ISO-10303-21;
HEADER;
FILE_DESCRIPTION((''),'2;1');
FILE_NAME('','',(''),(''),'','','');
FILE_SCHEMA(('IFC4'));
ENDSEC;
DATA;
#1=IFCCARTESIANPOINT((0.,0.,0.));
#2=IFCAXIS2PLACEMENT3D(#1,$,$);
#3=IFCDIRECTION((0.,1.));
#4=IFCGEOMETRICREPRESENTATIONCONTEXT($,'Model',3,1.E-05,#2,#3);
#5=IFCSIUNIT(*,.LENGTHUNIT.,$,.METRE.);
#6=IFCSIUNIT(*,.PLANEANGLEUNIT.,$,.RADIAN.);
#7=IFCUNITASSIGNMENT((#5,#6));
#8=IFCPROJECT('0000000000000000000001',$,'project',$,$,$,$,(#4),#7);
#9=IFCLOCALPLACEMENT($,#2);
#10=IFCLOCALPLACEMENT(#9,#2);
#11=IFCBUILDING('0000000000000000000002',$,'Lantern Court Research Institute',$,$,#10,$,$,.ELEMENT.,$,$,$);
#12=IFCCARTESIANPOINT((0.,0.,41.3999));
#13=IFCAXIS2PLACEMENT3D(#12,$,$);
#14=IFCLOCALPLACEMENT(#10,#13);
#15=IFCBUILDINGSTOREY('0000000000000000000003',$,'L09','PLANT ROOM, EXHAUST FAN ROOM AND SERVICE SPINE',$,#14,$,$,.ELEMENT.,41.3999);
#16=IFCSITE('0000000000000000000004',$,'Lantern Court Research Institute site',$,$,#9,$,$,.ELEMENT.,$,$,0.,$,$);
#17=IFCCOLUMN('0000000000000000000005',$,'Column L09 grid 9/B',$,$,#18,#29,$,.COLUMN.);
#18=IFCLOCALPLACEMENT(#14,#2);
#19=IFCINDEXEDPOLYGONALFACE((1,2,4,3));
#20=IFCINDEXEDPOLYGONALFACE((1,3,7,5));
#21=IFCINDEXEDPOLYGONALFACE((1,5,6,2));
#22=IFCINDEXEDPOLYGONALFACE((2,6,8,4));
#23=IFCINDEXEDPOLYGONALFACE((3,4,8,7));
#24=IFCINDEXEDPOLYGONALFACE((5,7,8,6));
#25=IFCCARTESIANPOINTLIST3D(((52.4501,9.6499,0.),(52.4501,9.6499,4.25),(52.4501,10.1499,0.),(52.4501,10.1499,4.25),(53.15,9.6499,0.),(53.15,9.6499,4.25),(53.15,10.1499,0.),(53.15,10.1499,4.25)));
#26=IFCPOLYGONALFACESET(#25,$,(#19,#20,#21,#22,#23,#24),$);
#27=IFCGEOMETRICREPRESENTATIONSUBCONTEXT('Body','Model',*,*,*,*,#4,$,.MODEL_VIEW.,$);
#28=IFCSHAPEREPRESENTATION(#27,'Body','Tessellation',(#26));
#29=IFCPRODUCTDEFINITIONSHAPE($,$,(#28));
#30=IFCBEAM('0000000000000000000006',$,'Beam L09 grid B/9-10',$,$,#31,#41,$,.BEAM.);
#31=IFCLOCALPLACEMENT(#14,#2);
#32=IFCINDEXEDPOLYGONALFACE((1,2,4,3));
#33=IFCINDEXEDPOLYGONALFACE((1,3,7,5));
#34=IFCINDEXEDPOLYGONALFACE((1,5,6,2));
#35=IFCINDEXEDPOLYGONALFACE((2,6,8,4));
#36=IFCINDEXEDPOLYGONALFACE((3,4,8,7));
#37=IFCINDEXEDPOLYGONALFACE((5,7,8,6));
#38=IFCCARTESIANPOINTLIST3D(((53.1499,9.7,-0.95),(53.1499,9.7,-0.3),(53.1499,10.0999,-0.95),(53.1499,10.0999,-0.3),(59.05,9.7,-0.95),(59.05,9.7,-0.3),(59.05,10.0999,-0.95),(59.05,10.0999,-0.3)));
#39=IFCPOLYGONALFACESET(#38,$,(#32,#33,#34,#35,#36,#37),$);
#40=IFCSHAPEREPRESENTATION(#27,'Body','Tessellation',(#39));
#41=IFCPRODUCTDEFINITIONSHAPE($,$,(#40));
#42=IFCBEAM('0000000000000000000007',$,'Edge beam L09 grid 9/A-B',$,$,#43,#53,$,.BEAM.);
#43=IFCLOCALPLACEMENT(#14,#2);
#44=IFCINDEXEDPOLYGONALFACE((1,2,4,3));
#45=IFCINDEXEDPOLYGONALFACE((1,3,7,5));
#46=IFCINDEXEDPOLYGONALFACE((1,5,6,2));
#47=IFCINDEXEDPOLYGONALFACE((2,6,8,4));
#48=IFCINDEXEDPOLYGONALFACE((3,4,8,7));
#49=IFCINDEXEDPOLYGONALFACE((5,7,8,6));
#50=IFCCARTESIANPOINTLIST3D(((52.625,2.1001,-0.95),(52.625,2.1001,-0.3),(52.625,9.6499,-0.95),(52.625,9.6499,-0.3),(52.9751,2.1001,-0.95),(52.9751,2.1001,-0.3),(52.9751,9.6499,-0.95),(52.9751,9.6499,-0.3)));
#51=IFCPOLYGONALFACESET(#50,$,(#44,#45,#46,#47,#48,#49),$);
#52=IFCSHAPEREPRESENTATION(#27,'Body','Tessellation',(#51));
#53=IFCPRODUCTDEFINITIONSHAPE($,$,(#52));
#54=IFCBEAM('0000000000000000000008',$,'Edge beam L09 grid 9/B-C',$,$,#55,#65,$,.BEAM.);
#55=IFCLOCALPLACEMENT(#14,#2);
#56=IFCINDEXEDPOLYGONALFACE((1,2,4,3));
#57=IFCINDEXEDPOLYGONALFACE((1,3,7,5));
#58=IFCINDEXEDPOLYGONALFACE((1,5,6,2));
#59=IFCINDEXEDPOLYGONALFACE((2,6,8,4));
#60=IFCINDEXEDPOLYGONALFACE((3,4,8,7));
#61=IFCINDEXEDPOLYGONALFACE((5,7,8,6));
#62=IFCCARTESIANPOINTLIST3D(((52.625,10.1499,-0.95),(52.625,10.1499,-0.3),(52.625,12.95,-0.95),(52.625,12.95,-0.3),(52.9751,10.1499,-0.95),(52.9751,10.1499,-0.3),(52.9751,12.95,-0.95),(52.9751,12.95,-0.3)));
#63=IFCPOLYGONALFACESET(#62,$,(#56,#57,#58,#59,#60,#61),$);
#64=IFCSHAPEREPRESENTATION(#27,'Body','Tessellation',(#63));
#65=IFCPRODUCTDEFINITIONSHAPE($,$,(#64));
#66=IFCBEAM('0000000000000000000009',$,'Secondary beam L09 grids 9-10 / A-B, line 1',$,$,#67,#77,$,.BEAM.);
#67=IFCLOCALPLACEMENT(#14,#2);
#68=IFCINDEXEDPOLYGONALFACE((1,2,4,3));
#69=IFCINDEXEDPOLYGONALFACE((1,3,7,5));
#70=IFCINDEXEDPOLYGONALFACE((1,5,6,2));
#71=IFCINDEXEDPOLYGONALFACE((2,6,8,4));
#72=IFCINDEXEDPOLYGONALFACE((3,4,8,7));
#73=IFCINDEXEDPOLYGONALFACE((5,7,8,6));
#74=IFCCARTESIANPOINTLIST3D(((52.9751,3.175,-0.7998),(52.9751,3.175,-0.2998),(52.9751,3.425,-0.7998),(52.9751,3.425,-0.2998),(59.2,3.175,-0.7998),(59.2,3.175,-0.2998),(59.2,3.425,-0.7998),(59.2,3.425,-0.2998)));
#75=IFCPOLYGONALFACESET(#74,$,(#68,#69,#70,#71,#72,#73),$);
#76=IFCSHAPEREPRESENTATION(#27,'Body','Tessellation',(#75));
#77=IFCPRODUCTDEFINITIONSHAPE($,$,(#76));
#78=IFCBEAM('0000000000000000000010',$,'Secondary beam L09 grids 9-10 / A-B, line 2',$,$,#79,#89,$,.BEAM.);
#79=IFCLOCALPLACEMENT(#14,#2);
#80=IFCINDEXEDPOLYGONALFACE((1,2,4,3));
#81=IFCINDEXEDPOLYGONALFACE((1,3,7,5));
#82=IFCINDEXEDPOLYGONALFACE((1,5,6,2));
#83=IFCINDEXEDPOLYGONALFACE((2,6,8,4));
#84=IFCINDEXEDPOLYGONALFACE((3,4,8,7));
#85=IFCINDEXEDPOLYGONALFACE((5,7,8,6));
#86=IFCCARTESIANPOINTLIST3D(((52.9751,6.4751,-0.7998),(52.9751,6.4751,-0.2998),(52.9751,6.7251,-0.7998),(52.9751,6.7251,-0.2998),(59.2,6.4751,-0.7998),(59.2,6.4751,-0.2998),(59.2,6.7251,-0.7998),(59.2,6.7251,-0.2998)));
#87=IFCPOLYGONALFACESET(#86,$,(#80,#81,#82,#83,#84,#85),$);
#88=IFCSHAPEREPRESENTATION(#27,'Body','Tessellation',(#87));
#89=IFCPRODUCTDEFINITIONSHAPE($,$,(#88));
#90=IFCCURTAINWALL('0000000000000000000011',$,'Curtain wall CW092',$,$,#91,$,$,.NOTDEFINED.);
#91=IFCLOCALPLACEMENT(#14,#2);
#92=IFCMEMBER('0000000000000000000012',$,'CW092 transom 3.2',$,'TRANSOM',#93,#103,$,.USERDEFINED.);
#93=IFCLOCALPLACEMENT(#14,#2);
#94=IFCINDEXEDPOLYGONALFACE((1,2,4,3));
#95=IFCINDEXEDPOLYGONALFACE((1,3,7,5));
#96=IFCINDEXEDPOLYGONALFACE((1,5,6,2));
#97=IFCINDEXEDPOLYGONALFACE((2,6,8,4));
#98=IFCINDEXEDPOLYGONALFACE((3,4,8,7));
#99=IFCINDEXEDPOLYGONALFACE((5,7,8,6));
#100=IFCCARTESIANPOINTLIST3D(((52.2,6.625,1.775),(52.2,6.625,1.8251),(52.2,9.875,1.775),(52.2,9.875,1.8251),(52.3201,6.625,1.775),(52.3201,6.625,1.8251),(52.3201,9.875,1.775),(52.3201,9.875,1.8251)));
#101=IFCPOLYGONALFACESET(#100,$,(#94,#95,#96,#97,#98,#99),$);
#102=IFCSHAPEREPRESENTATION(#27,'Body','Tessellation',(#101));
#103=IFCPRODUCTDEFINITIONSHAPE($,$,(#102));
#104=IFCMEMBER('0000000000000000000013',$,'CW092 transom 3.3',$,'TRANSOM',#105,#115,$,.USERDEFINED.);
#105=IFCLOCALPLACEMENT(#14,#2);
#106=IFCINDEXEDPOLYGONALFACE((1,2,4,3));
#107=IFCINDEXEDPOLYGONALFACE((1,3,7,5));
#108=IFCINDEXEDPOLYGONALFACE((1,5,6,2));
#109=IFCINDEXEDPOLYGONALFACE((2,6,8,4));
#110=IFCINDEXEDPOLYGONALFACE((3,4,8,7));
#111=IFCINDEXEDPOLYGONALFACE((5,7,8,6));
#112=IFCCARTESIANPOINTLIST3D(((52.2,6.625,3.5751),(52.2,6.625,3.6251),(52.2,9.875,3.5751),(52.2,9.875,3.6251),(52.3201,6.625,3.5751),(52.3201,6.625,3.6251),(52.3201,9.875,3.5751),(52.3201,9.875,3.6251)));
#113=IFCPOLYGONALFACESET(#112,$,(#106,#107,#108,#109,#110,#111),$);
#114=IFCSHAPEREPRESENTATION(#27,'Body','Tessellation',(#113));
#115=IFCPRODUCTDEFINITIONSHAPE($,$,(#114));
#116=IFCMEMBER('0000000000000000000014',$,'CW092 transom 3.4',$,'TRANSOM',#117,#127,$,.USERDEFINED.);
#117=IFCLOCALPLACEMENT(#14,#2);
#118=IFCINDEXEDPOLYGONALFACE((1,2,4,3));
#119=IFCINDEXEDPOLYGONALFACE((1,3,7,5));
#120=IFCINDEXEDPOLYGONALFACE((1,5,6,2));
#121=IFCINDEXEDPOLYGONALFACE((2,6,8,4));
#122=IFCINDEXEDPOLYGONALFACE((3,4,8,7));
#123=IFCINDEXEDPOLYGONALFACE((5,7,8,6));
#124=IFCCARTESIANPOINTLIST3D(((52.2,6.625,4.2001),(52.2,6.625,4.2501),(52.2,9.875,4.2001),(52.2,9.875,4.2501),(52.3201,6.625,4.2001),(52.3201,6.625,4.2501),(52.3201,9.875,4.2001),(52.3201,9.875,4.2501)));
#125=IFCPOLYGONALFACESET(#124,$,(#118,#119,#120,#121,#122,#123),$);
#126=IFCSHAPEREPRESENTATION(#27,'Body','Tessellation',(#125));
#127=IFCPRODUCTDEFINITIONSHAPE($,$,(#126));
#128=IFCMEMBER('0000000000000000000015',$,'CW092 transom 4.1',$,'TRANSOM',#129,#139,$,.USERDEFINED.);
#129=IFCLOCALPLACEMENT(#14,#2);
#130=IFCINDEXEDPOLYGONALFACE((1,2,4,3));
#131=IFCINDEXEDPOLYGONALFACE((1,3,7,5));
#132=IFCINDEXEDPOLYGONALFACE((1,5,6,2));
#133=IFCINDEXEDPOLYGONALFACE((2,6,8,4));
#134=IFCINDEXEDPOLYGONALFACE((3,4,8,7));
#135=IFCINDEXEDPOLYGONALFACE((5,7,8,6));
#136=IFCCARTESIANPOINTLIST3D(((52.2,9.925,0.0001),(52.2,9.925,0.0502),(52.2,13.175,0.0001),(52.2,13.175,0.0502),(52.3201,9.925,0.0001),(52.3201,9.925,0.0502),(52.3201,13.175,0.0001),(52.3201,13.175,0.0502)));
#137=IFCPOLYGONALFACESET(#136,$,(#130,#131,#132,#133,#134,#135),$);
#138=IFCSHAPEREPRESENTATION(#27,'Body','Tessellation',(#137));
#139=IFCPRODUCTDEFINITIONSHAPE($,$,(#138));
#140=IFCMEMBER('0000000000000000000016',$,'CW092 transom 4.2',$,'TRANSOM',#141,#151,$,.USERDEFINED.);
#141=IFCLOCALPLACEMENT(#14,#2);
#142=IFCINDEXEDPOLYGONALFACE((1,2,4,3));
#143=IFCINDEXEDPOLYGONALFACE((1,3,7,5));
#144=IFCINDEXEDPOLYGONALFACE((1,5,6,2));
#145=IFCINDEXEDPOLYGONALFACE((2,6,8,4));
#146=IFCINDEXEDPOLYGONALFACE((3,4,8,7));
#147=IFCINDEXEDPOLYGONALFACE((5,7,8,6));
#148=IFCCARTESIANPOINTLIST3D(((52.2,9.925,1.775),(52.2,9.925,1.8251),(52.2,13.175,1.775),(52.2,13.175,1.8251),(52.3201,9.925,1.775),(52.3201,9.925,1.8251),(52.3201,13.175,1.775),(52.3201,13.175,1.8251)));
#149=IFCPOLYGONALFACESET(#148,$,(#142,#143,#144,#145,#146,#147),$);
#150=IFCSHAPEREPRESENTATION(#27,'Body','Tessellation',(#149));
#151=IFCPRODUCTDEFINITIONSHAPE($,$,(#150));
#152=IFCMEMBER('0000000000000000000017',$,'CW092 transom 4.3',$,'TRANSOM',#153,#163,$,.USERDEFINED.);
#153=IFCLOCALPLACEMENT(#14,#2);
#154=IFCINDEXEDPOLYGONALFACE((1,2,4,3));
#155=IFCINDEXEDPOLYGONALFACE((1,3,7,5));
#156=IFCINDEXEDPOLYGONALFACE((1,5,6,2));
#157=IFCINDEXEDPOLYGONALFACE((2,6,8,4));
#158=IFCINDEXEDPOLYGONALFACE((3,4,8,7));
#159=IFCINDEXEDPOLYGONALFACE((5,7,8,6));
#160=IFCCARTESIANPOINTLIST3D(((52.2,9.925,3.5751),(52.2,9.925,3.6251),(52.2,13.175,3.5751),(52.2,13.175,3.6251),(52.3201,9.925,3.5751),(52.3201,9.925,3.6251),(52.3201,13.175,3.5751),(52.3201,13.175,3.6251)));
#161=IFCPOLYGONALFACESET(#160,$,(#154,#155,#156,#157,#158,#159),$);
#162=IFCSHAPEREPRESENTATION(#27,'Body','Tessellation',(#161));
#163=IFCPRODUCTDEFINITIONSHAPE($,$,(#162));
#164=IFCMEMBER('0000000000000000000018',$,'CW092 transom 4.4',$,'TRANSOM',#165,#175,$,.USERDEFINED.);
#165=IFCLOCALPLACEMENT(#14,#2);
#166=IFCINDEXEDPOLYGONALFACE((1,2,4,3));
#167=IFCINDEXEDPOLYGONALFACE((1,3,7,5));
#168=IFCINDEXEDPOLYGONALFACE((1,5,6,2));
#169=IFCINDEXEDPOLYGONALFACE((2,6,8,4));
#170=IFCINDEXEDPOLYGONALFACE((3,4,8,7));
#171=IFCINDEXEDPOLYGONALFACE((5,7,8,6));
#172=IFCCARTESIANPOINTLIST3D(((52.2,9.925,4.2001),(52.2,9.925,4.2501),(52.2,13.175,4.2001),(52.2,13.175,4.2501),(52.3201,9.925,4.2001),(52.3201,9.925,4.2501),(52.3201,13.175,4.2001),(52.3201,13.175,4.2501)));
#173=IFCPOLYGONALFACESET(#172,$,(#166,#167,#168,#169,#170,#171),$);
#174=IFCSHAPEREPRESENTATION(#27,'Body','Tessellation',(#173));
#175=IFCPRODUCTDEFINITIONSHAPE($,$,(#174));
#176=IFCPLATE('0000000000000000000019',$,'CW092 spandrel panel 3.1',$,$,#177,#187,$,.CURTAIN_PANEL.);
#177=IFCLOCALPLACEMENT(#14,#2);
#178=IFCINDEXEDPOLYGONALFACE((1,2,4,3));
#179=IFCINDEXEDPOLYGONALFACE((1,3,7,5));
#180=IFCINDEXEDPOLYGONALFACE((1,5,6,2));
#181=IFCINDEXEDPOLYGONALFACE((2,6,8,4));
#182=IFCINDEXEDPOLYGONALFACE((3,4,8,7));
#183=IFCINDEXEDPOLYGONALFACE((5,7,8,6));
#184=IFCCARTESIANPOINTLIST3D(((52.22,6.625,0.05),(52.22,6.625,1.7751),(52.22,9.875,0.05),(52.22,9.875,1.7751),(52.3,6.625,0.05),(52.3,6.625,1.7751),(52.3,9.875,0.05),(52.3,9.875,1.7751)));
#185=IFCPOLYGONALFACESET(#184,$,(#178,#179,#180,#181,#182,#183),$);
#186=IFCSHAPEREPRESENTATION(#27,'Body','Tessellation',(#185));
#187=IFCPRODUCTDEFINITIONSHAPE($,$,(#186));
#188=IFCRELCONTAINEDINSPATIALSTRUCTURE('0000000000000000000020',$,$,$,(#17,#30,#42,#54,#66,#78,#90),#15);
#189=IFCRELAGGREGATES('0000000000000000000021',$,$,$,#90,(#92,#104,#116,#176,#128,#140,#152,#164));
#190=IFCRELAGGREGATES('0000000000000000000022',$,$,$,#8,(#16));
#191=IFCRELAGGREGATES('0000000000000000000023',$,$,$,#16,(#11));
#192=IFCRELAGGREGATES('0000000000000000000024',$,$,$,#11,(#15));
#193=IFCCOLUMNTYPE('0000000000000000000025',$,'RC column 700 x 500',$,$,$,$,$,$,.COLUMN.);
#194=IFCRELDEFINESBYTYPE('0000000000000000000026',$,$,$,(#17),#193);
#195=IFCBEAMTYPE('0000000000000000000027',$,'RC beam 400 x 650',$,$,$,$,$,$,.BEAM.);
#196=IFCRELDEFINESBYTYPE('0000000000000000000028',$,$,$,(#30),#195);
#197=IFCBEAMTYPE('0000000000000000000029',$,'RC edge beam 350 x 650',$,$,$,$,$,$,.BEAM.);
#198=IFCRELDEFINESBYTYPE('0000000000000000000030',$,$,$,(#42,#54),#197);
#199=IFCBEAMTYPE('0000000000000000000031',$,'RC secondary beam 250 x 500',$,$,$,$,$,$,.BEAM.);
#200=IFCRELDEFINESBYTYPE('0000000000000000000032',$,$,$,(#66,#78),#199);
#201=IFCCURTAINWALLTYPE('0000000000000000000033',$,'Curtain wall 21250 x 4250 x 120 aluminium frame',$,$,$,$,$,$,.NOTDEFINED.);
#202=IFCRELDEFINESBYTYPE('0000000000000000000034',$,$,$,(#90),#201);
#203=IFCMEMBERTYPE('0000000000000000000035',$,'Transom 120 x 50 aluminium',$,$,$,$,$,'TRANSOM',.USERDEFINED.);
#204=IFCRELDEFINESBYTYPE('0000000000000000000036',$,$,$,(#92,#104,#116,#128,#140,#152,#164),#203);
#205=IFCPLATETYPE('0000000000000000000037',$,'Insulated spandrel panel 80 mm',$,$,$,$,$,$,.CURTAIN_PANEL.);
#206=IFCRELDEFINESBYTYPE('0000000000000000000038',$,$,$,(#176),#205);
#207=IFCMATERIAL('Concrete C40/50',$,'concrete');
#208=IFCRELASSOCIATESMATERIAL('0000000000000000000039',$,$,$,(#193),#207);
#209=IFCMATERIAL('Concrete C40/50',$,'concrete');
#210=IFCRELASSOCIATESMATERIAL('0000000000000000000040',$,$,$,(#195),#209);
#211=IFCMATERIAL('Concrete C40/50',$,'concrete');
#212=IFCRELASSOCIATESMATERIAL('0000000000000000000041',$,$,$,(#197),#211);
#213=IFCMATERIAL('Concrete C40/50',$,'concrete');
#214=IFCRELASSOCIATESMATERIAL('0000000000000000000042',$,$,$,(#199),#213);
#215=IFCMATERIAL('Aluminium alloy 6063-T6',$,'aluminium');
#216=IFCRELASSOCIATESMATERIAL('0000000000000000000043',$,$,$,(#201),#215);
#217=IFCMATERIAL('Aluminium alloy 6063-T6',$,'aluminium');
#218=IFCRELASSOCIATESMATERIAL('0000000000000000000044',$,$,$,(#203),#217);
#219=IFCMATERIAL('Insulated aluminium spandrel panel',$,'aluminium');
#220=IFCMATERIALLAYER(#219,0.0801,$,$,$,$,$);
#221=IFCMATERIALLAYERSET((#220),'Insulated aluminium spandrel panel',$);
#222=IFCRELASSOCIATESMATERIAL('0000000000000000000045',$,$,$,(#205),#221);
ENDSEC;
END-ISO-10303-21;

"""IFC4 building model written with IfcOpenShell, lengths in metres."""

from ifc_helpers import new_model, si_unit, direction, frame, origin, origin_2d, place, context, subcontext, project, spatial, rectangle, extrude, material, layer, layer_set, material_profile, profile_set, type_object, element, aggregate, save


model = new_model("IFC4")

# Units and contexts
model_context = context("Model", 3, precision=1e-05, world=origin(), true_north=direction((0.0, 1.0)))
body_context = subcontext(model_context, "Body", "Model", "MODEL_VIEW")
ifc_project = project(units=[si_unit("LENGTHUNIT", "METRE"), si_unit("PLANEANGLEUNIT", "RADIAN")], contexts=[model_context])

# Site, building, storey
site_placement = place(None, origin())
site = spatial("IfcSite", under=ifc_project, at=site_placement, Name="Lantern Court Research Institute site", CompositionType="ELEMENT", RefElevation=0.0)
building_placement = place(site_placement, origin())
building = spatial("IfcBuilding", under=site, at=building_placement, Name="Lantern Court Research Institute", CompositionType="ELEMENT")
storey_placement = place(building_placement, frame((0.0, 0.0, 41.3999)))
storey = spatial("IfcBuildingStorey", under=building, at=storey_placement, Name="L09", Description="PLANT ROOM, EXHAUST FAN ROOM AND SERVICE SPINE", CompositionType="ELEMENT", Elevation=41.3999)

# Column
ifc_material_1 = material(Name="Concrete C40/50", Category="concrete")
ifc_material_profile_1 = material_profile(ifc_material_1, rectangle(XDim=0.7, YDim=0.5, at=origin_2d()), Name="RC column 700 x 500")
ifc_profile_set_1 = profile_set([ifc_material_profile_1], Name="Concrete C40/50")
column_type = type_object("IfcColumnType", Name="RC column 700 x 500", PredefinedType="COLUMN", material=ifc_profile_set_1)
column_placement = place(storey_placement, frame((52.8, 9.8999, 0.0), z_axis=(0.0, 0.0, 1.0), x_axis=(1.0, 0.0, 0.0)))
element("IfcColumn", 1, at=column_placement, inside=storey, type_object=column_type, Name="Column L09 grid 9/B", PredefinedType="COLUMN", context=body_context, shape_type="SweptSolid", body=[
    extrude(rectangle(XDim=0.7, YDim=0.5, at=origin_2d()), origin(), (0.0, 0.0, 1.0), 4.25),
])

# Beams
ifc_material_2 = material(Name="Concrete C40/50", Category="concrete")
ifc_material_profile_2 = material_profile(ifc_material_2, rectangle(XDim=0.3999, YDim=0.6499, at=origin_2d()), Name="RC beam 400 x 650")
ifc_profile_set_2 = profile_set([ifc_material_profile_2], Name="Concrete C40/50")
beam_type_1 = type_object("IfcBeamType", Name="RC beam 400 x 650", PredefinedType="BEAM", material=ifc_profile_set_2)
beam_1_placement = place(storey_placement, frame((53.1499, 9.8999, -0.625), z_axis=(1.0, 0.0, 0.0), x_axis=(0.0, 1.0, 0.0)))
element("IfcBeam", 2, at=beam_1_placement, inside=storey, type_object=beam_type_1, Name="Beam L09 grid B/9-10", PredefinedType="BEAM", context=body_context, shape_type="SweptSolid", body=[
    extrude(rectangle(XDim=0.3999, YDim=0.6499, at=origin_2d()), origin(), (0.0, 0.0, 1.0), 5.9001),
])
ifc_material_3 = material(Name="Concrete C40/50", Category="concrete")
ifc_material_profile_3 = material_profile(ifc_material_3, rectangle(XDim=0.3501, YDim=0.6499, at=origin_2d()), Name="RC beam 350 x 650")
ifc_profile_set_3 = profile_set([ifc_material_profile_3], Name="Concrete C40/50")
beam_type_2 = type_object("IfcBeamType", Name="RC edge beam 350 x 650", PredefinedType="BEAM", material=ifc_profile_set_3)
beam_2_placement = place(storey_placement, frame((52.8, 2.1001, -0.625), z_axis=(0.0, 1.0, 0.0), x_axis=(-1.0, 0.0, 0.0)))
element("IfcBeam", 3, at=beam_2_placement, inside=storey, type_object=beam_type_2, Name="Edge beam L09 grid 9/A-B", PredefinedType="BEAM", context=body_context, shape_type="SweptSolid", body=[
    extrude(rectangle(XDim=0.3501, YDim=0.6499, at=origin_2d()), origin(), (0.0, 0.0, 1.0), 7.5498),
])
beam_3_placement = place(storey_placement, frame((52.8, 10.1499, -0.625), z_axis=(0.0, 1.0, 0.0), x_axis=(-1.0, 0.0, 0.0)))
element("IfcBeam", 4, at=beam_3_placement, inside=storey, type_object=beam_type_2, Name="Edge beam L09 grid 9/B-C", PredefinedType="BEAM", context=body_context, shape_type="SweptSolid", body=[
    extrude(rectangle(XDim=0.3501, YDim=0.6499, at=origin_2d()), origin(), (0.0, 0.0, 1.0), 2.8),
])
ifc_material_4 = material(Name="Concrete C40/50", Category="concrete")
ifc_material_profile_4 = material_profile(ifc_material_4, rectangle(XDim=0.25, YDim=0.5, at=origin_2d()), Name="RC beam 250 x 500")
ifc_profile_set_4 = profile_set([ifc_material_profile_4], Name="Concrete C40/50")
beam_type_3 = type_object("IfcBeamType", Name="RC secondary beam 250 x 500", PredefinedType="BEAM", material=ifc_profile_set_4)
for number, where, z_axis, x_axis, name in (
    (5, (52.9751, 3.3, -0.5498), (1.0, 0.0, 0.0), (0.0, 1.0, 0.0), "Secondary beam L09 grids 9-10 / A-B, line 1"),
    (6, (52.9751, 6.6001, -0.5498), (1.0, 0.0, 0.0), (0.0, 1.0, 0.0), "Secondary beam L09 grids 9-10 / A-B, line 2"),
):
    element("IfcBeam", number, at=place(storey_placement, frame(where, z_axis=z_axis, x_axis=x_axis)), inside=storey, type_object=beam_type_3, Name=name, PredefinedType="BEAM", context=body_context, shape_type="SweptSolid", body=[
        extrude(rectangle(XDim=0.25, YDim=0.5, at=origin_2d()), origin(), (0.0, 0.0, 1.0), 6.2249),
    ])

# Curtain wall, members, plate
ifc_material_5 = material(Name="Aluminium alloy 6063-T6", Category="aluminium")
curtain_wall_type = type_object("IfcCurtainWallType", Name="Curtain wall 21250 x 4250 x 120 aluminium frame", PredefinedType="NOTDEFINED", material=ifc_material_5)
curtain_wall_placement = place(storey_placement, origin())
curtain_wall = element("IfcCurtainWall", 7, at=curtain_wall_placement, inside=storey, type_object=curtain_wall_type, Name="Curtain wall CW092", PredefinedType="NOTDEFINED")
ifc_material_6 = material(Name="Aluminium alloy 6063-T6", Category="aluminium")
ifc_material_profile_5 = material_profile(ifc_material_6, rectangle(XDim=0.1201, YDim=0.05, at=origin_2d()), Name="Transom 120 x 50")
ifc_profile_set_5 = profile_set([ifc_material_profile_5], Name="Aluminium alloy 6063-T6")
member_type = type_object("IfcMemberType", Name="Transom 120 x 50 aluminium", ElementType="TRANSOM", PredefinedType="USERDEFINED", material=ifc_profile_set_5)
member_1_placement = place(storey_placement, frame((52.26, 6.625, 1.8), z_axis=(0.0, 1.0, 0.0), x_axis=(-1.0, 0.0, 0.0)))
member_1 = element("IfcMember", 8, at=member_1_placement, type_object=member_type, Name="CW092 transom 3.2", ObjectType="TRANSOM", PredefinedType="USERDEFINED", context=body_context, shape_type="SweptSolid", body=[
    extrude(rectangle(XDim=0.1201, YDim=0.05, at=origin_2d()), origin(), (0.0, 0.0, 1.0), 3.25),
])
member_2_placement = place(storey_placement, frame((52.26, 6.625, 3.6001), z_axis=(0.0, 1.0, 0.0), x_axis=(-1.0, 0.0, 0.0)))
member_2 = element("IfcMember", 9, at=member_2_placement, type_object=member_type, Name="CW092 transom 3.3", ObjectType="TRANSOM", PredefinedType="USERDEFINED", context=body_context, shape_type="SweptSolid", body=[
    extrude(rectangle(XDim=0.1201, YDim=0.05, at=origin_2d()), origin(), (0.0, 0.0, 1.0), 3.25),
])
member_3_placement = place(storey_placement, frame((52.26, 6.625, 4.2251), z_axis=(0.0, 1.0, 0.0), x_axis=(-1.0, 0.0, 0.0)))
member_3 = element("IfcMember", 10, at=member_3_placement, type_object=member_type, Name="CW092 transom 3.4", ObjectType="TRANSOM", PredefinedType="USERDEFINED", context=body_context, shape_type="SweptSolid", body=[
    extrude(rectangle(XDim=0.1201, YDim=0.05, at=origin_2d()), origin(), (0.0, 0.0, 1.0), 3.25),
])
member_4_placement = place(storey_placement, frame((52.26, 9.925, 0.0251), z_axis=(0.0, 1.0, 0.0), x_axis=(-1.0, 0.0, 0.0)))
member_4 = element("IfcMember", 11, at=member_4_placement, type_object=member_type, Name="CW092 transom 4.1", ObjectType="TRANSOM", PredefinedType="USERDEFINED", context=body_context, shape_type="SweptSolid", body=[
    extrude(rectangle(XDim=0.1201, YDim=0.05, at=origin_2d()), origin(), (0.0, 0.0, 1.0), 3.25),
])
member_5_placement = place(storey_placement, frame((52.26, 9.925, 1.8), z_axis=(0.0, 1.0, 0.0), x_axis=(-1.0, 0.0, 0.0)))
member_5 = element("IfcMember", 12, at=member_5_placement, type_object=member_type, Name="CW092 transom 4.2", ObjectType="TRANSOM", PredefinedType="USERDEFINED", context=body_context, shape_type="SweptSolid", body=[
    extrude(rectangle(XDim=0.1201, YDim=0.05, at=origin_2d()), origin(), (0.0, 0.0, 1.0), 3.25),
])
member_6_placement = place(storey_placement, frame((52.26, 9.925, 3.6001), z_axis=(0.0, 1.0, 0.0), x_axis=(-1.0, 0.0, 0.0)))
member_6 = element("IfcMember", 13, at=member_6_placement, type_object=member_type, Name="CW092 transom 4.3", ObjectType="TRANSOM", PredefinedType="USERDEFINED", context=body_context, shape_type="SweptSolid", body=[
    extrude(rectangle(XDim=0.1201, YDim=0.05, at=origin_2d()), origin(), (0.0, 0.0, 1.0), 3.25),
])
member_7_placement = place(storey_placement, frame((52.26, 9.925, 4.2251), z_axis=(0.0, 1.0, 0.0), x_axis=(-1.0, 0.0, 0.0)))
member_7 = element("IfcMember", 14, at=member_7_placement, type_object=member_type, Name="CW092 transom 4.4", ObjectType="TRANSOM", PredefinedType="USERDEFINED", context=body_context, shape_type="SweptSolid", body=[
    extrude(rectangle(XDim=0.1201, YDim=0.05, at=origin_2d()), origin(), (0.0, 0.0, 1.0), 3.25),
])
ifc_material_7 = material(Name="Insulated aluminium spandrel panel", Category="aluminium")
ifc_layer_1 = layer(ifc_material_7, 0.0801)
ifc_layer_set_1 = layer_set([ifc_layer_1], Name="Insulated aluminium spandrel panel")
plate_type_1 = type_object("IfcPlateType", Name="Insulated spandrel panel 80 mm", PredefinedType="CURTAIN_PANEL", material=ifc_layer_set_1)
plate_1_placement = place(storey_placement, frame((52.26, 8.25, 0.05), z_axis=(0.0, 0.0, 1.0), x_axis=(0.0, 1.0, 0.0)))
plate_1 = element("IfcPlate", 15, at=plate_1_placement, type_object=plate_type_1, Name="CW092 spandrel panel 3.1", PredefinedType="CURTAIN_PANEL", context=body_context, shape_type="SweptSolid", body=[
    extrude(rectangle(XDim=3.25, YDim=0.0801, at=origin_2d()), origin(), (0.0, 0.0, 1.0), 1.7251),
])
aggregate(curtain_wall, [member_1, member_2, member_3, plate_1, member_4, member_5, member_6, member_7])

save(model, "model.ifc")
